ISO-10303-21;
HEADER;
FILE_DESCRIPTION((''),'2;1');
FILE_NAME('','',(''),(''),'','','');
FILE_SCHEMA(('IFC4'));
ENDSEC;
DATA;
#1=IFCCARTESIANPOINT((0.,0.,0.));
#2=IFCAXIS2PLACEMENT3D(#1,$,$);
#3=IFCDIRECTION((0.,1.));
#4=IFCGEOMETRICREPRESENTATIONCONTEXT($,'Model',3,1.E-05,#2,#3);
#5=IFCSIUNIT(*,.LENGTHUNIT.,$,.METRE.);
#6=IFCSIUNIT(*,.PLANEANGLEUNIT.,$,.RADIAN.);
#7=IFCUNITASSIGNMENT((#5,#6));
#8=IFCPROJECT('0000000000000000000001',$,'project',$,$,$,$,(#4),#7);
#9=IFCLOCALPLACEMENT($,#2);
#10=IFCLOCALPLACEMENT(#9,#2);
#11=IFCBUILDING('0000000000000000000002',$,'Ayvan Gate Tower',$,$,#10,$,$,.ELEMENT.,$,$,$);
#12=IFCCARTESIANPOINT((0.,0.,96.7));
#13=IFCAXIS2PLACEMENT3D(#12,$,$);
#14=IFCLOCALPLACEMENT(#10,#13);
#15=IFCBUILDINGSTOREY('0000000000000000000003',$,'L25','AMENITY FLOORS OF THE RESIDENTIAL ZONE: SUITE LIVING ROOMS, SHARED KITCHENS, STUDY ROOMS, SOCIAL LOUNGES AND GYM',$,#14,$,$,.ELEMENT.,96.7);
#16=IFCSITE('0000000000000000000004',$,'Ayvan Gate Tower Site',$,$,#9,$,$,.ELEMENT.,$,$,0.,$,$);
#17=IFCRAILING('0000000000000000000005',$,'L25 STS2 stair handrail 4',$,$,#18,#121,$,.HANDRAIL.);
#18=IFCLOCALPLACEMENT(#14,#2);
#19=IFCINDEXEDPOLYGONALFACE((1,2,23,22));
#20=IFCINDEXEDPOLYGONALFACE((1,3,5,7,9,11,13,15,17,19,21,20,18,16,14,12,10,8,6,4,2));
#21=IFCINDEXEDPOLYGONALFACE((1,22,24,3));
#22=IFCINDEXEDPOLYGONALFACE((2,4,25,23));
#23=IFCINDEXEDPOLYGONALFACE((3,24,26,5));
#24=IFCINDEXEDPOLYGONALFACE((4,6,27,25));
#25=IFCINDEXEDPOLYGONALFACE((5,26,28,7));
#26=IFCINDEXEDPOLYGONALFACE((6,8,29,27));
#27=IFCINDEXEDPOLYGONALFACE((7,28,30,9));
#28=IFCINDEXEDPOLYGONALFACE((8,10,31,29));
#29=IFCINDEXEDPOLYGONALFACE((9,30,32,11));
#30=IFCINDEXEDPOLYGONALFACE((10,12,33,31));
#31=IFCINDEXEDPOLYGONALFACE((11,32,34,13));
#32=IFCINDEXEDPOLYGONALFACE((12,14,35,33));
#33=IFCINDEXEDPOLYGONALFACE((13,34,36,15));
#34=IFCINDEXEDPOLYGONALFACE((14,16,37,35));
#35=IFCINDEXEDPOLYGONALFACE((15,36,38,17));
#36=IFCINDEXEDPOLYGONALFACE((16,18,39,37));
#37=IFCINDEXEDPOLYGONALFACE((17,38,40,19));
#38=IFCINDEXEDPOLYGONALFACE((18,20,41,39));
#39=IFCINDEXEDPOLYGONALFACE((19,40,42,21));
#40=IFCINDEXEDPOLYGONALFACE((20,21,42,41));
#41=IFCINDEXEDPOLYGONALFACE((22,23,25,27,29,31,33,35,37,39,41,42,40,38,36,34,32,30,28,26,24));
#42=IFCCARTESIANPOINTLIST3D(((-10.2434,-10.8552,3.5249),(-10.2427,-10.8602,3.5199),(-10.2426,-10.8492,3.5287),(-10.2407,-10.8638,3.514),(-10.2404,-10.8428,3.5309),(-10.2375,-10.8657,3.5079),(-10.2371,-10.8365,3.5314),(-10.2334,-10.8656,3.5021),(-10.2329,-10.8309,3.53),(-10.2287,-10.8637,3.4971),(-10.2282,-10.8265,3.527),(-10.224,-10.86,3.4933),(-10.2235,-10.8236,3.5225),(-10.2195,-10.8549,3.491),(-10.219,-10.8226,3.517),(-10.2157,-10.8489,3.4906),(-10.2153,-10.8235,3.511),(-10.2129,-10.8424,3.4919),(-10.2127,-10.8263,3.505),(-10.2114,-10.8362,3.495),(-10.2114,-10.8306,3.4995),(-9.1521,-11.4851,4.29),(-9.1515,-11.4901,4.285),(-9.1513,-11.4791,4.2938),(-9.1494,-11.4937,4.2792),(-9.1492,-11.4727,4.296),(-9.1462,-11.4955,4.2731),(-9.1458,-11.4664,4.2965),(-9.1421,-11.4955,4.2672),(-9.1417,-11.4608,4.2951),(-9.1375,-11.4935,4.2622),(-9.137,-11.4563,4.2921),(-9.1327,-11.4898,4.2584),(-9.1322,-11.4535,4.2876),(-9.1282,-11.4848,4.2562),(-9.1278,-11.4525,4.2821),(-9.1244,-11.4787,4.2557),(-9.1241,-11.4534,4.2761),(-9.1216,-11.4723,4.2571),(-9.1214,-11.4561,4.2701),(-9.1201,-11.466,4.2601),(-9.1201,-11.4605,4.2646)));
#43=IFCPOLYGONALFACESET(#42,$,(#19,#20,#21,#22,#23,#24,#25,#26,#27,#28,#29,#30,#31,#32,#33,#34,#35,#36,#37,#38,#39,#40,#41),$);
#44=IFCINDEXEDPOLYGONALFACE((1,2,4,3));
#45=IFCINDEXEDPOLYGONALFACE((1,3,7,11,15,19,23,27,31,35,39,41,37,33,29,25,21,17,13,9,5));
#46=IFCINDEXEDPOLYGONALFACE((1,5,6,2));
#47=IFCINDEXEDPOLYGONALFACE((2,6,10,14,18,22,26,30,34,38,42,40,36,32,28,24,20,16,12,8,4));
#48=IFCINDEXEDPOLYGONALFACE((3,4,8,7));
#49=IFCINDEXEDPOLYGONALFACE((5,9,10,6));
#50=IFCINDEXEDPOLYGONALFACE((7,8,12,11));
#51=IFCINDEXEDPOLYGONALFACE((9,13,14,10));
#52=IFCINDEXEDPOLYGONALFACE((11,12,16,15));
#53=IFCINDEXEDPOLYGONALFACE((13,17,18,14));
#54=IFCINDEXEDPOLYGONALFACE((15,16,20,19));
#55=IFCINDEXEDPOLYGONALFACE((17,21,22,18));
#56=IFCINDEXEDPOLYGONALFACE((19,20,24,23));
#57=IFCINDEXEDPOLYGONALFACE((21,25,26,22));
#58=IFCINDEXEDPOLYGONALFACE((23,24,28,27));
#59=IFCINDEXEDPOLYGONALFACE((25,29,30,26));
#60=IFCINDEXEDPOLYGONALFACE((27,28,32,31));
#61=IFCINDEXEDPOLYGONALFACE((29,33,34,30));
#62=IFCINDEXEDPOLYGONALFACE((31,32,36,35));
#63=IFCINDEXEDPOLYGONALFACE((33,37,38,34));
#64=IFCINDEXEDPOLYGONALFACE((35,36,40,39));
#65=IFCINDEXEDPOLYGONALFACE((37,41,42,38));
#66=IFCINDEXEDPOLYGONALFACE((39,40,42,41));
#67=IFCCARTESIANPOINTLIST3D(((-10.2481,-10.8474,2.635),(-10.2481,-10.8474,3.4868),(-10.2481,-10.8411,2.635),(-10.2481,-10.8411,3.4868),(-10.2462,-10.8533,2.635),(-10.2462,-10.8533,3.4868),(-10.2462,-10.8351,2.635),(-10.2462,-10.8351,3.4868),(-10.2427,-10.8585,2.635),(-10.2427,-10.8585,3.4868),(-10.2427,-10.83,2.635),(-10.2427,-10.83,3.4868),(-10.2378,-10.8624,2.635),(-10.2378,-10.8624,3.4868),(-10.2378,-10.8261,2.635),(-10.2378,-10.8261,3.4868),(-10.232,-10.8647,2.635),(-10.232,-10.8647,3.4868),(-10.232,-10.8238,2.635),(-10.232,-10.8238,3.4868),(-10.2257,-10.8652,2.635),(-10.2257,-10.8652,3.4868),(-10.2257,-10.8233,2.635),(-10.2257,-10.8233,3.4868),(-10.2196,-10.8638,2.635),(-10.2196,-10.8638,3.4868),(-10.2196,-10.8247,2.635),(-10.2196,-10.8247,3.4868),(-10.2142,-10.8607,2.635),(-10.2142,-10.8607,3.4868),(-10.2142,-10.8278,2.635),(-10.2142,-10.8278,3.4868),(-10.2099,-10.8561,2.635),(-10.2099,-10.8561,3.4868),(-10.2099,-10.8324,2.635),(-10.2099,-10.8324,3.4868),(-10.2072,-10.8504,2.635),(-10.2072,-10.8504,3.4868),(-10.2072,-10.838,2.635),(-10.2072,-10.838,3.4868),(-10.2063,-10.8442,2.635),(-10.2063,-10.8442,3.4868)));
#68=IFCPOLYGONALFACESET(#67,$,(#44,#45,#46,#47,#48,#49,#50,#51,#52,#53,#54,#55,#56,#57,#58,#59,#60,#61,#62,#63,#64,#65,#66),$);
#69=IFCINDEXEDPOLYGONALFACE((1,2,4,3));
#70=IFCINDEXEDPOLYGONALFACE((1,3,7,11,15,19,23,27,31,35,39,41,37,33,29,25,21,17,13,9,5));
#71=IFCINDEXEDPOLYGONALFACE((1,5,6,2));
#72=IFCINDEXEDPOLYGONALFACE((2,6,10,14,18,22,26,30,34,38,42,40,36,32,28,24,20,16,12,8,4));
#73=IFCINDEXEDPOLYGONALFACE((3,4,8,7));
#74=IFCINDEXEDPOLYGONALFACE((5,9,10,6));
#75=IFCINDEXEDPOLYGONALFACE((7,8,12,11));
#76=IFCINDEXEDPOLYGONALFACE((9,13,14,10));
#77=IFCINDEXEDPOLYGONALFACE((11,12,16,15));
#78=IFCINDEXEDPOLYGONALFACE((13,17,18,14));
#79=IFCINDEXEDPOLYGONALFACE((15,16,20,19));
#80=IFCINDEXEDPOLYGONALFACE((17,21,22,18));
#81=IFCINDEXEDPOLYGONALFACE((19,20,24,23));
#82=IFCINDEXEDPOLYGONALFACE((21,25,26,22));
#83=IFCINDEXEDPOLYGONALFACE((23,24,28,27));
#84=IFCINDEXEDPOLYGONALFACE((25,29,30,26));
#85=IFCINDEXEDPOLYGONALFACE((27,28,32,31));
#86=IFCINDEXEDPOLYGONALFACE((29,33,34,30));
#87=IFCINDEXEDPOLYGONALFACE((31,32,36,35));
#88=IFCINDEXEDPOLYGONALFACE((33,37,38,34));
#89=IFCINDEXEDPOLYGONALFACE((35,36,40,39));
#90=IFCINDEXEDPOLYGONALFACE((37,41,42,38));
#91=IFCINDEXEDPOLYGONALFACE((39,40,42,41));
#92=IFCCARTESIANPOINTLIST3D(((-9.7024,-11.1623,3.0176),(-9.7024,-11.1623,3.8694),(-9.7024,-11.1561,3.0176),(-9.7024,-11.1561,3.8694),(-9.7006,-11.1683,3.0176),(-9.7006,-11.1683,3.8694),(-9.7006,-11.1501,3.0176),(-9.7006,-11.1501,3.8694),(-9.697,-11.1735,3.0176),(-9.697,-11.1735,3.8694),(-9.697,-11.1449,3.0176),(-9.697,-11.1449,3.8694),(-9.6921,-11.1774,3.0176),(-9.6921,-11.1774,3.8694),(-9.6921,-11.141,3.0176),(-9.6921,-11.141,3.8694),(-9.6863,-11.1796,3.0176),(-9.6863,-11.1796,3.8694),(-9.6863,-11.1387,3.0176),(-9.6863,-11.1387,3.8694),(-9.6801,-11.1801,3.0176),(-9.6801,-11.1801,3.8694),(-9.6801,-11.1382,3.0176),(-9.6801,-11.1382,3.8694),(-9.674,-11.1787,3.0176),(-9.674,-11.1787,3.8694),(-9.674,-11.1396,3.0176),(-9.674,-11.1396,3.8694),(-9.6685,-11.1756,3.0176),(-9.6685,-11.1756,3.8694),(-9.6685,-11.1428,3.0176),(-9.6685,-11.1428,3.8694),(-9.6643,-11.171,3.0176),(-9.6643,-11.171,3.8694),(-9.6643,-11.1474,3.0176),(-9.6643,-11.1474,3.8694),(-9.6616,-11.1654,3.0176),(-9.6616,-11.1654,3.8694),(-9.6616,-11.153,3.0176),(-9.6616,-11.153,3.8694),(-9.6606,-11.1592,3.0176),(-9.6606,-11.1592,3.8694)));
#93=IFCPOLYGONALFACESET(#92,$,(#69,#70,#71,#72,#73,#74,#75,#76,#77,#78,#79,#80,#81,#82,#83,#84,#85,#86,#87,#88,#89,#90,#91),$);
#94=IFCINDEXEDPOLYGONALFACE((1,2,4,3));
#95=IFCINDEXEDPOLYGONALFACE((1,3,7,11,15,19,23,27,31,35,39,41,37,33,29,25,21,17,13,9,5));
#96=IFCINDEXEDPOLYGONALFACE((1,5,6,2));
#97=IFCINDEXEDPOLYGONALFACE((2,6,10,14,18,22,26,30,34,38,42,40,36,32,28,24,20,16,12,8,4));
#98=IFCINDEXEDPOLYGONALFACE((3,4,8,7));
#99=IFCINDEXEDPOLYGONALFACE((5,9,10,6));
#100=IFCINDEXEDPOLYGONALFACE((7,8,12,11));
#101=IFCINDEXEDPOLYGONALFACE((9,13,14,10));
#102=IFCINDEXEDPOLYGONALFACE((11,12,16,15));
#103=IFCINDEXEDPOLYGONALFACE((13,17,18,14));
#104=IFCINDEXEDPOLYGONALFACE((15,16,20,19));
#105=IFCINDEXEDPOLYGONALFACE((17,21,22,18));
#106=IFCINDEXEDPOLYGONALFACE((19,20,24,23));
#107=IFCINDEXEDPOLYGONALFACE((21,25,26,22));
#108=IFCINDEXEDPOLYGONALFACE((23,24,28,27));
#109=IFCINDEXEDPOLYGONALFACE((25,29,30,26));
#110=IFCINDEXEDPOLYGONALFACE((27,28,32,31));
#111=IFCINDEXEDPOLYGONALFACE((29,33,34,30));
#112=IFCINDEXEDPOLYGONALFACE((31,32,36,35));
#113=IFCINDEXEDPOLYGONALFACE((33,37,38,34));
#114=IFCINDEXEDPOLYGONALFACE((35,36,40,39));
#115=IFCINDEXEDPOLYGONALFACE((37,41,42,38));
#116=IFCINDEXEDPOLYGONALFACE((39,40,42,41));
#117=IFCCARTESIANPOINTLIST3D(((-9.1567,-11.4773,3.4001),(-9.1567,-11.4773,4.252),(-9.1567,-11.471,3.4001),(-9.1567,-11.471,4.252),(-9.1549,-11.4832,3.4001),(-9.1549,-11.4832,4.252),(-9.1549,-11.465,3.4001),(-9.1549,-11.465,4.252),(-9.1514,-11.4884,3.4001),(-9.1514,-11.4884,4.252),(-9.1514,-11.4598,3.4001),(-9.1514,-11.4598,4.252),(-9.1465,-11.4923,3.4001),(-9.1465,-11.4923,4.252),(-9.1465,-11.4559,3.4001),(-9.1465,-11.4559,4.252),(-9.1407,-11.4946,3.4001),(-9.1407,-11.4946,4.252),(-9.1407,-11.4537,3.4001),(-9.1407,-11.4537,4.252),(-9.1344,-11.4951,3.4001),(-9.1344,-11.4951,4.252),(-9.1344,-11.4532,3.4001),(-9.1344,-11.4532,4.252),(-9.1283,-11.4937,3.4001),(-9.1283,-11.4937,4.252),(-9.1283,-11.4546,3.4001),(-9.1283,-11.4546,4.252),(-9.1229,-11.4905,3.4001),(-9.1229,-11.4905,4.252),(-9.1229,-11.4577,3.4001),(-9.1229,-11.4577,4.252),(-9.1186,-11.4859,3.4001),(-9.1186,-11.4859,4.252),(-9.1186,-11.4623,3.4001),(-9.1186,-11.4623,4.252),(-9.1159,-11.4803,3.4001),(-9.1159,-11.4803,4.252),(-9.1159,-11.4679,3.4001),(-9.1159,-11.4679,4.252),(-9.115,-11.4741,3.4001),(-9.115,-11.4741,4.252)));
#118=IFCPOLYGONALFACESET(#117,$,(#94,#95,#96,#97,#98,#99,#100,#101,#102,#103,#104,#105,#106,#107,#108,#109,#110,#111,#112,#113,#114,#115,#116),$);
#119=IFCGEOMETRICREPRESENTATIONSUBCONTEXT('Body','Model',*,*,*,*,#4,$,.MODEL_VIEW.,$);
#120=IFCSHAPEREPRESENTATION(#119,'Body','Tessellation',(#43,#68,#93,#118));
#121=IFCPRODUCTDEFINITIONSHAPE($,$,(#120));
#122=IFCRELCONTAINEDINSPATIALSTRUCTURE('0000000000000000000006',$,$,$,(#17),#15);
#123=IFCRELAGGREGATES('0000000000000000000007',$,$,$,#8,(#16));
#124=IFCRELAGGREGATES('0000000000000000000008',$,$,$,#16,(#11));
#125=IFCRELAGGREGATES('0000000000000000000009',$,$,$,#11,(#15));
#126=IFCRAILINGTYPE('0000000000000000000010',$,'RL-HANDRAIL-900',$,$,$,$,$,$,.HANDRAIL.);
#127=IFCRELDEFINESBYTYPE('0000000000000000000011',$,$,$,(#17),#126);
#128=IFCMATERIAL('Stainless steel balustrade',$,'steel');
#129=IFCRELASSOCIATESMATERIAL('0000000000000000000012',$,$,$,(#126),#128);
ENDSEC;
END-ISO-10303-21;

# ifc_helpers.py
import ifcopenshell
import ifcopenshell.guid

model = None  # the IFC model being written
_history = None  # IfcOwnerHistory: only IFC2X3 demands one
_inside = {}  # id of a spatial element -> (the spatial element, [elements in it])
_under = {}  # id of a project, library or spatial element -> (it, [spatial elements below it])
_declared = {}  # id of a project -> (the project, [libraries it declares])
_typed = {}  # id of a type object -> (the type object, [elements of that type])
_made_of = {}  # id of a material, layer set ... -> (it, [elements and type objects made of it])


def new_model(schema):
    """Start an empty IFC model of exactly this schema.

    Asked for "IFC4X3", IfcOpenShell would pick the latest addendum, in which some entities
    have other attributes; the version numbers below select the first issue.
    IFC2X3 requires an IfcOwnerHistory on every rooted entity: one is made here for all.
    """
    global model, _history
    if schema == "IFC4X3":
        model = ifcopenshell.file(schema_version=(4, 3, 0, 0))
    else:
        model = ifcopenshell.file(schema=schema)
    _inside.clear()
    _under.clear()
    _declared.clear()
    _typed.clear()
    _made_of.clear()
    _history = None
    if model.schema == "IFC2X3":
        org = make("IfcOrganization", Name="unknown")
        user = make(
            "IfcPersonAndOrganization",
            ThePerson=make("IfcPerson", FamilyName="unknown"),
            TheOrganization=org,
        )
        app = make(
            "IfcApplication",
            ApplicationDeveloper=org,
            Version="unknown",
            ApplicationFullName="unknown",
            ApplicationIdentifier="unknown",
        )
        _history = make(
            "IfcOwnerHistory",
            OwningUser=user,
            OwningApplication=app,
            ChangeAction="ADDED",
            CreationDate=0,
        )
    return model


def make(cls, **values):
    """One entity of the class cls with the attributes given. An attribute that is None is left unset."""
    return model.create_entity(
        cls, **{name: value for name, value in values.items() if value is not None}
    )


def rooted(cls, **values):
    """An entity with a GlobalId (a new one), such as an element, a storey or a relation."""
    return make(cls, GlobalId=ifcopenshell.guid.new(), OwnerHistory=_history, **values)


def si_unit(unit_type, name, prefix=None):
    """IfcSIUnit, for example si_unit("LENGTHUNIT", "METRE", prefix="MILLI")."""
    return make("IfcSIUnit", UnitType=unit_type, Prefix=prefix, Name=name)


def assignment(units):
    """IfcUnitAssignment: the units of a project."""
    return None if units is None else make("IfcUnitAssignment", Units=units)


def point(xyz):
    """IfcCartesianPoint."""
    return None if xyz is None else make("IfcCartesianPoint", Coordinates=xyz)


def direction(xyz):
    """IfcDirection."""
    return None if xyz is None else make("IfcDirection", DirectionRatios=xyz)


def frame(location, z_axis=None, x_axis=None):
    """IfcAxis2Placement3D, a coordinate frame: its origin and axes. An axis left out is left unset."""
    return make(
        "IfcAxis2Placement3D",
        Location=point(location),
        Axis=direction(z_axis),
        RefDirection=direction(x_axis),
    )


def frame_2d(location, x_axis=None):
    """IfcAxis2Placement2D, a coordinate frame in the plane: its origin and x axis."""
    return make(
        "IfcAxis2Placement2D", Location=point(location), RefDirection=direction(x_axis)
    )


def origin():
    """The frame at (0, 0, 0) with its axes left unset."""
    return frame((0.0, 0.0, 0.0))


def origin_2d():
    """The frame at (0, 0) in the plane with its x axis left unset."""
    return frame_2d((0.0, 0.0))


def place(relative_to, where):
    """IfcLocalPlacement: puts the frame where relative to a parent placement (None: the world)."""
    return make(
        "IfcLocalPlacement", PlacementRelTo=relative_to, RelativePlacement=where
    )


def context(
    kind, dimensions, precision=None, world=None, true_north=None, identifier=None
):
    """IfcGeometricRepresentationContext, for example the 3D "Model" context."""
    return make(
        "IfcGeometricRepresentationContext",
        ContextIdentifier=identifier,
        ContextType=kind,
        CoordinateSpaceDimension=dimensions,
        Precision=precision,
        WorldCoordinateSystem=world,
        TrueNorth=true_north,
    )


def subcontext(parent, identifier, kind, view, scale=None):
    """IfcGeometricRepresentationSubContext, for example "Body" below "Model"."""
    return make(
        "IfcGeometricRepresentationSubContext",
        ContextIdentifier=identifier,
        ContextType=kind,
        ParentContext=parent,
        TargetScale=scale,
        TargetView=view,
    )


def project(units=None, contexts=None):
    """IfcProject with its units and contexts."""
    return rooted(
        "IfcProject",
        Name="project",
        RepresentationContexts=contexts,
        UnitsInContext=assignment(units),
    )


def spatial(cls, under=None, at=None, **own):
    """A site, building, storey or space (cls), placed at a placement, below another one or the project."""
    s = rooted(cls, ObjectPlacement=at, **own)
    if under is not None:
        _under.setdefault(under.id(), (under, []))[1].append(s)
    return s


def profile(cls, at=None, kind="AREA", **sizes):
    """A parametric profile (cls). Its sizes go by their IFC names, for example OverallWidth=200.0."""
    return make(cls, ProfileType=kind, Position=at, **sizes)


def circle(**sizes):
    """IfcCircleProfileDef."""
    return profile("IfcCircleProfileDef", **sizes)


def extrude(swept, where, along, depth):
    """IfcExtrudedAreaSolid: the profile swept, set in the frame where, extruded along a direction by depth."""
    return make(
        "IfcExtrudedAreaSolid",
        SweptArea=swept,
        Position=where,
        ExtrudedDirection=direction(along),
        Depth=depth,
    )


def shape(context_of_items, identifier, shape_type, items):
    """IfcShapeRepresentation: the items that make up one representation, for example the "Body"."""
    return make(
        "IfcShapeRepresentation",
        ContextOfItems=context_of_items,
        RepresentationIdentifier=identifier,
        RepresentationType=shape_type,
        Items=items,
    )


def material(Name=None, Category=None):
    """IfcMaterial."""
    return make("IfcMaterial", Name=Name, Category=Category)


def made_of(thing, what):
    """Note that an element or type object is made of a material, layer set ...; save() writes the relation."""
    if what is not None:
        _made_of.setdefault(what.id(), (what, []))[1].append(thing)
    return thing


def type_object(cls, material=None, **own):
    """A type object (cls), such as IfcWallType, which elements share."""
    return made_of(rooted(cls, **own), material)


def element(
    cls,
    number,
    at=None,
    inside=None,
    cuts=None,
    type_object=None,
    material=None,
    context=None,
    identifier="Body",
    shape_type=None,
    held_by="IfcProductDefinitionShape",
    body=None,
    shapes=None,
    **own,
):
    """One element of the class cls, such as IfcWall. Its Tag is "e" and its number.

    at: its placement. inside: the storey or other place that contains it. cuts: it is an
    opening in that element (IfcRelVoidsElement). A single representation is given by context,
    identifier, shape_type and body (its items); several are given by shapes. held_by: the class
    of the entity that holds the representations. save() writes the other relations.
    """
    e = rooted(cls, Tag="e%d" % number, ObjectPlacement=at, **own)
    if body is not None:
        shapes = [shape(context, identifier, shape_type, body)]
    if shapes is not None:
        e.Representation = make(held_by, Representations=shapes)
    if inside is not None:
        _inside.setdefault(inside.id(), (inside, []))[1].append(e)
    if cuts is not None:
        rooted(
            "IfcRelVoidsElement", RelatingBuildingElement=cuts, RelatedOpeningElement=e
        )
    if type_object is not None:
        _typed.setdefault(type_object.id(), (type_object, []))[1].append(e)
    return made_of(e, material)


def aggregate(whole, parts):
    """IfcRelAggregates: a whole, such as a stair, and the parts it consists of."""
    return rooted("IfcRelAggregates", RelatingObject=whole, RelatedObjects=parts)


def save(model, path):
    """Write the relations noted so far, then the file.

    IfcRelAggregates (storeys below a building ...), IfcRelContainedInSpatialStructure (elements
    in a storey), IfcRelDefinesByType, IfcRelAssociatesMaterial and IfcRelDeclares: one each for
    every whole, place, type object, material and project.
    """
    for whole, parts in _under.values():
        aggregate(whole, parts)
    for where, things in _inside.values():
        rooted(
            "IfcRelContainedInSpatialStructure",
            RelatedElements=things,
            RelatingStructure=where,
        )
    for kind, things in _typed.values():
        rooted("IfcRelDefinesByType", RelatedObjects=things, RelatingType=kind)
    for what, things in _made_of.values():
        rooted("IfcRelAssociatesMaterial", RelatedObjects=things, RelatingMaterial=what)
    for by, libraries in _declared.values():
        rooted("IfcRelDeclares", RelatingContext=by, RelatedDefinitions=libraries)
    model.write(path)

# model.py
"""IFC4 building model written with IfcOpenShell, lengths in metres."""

from ifc_helpers import new_model, si_unit, direction, frame, origin, origin_2d, place, context, subcontext, project, spatial, circle, extrude, material, type_object, element, save


model = new_model("IFC4")

# Units and contexts
model_context = context("Model", 3, precision=1e-05, world=origin(), true_north=direction((0.0, 1.0)))
body_context = subcontext(model_context, "Body", "Model", "MODEL_VIEW")
ifc_project = project(units=[si_unit("LENGTHUNIT", "METRE"), si_unit("PLANEANGLEUNIT", "RADIAN")], contexts=[model_context])

# Site, building, storey
site_placement = place(None, origin())
site = spatial("IfcSite", under=ifc_project, at=site_placement, Name="Ayvan Gate Tower Site", CompositionType="ELEMENT", RefElevation=0.0)
building_placement = place(site_placement, origin())
building = spatial("IfcBuilding", under=site, at=building_placement, Name="Ayvan Gate Tower", CompositionType="ELEMENT")
storey_placement = place(building_placement, frame((0.0, 0.0, 96.7)))
storey = spatial("IfcBuildingStorey", under=building, at=storey_placement, Name="L25", Description="AMENITY FLOORS OF THE RESIDENTIAL ZONE: SUITE LIVING ROOMS, SHARED KITCHENS, STUDY ROOMS, SOCIAL LOUNGES AND GYM", CompositionType="ELEMENT", Elevation=96.7)

# Railing
ifc_material_1 = material(Name="Stainless steel balustrade", Category="steel")
railing_type_1 = type_object("IfcRailingType", Name="RL-HANDRAIL-900", PredefinedType="HANDRAIL", material=ifc_material_1)
railing_1_placement = place(storey_placement, frame((-10.2273, -10.8442, 2.635)))
element("IfcRailing", 1, at=railing_1_placement, inside=storey, type_object=railing_type_1, Name="L25 STS2 stair handrail 4", PredefinedType="HANDRAIL", context=body_context, shape_type="SweptSolid", body=[
    extrude(circle(Radius=0.0239, at=origin_2d()), frame((0.0, 0.0, 0.876), z_axis=(0.740293, -0.427283, 0.519033), x_axis=(0.49989, 0.866089, 0.0)), (0.0, 0.0, 1.0), 1.4741),
    extrude(circle(Radius=0.021, at=origin_2d()), origin(), (0.0, 0.0, 1.0), 0.8518),
    extrude(circle(Radius=0.021, at=origin_2d()), frame((0.5457, -0.3149, 0.3826)), (0.0, 0.0, 1.0), 0.8518),
    extrude(circle(Radius=0.021, at=origin_2d()), frame((1.0913, -0.6299, 0.7651)), (0.0, 0.0, 1.0), 0.8518),
])

save(model, "model.ifc")
